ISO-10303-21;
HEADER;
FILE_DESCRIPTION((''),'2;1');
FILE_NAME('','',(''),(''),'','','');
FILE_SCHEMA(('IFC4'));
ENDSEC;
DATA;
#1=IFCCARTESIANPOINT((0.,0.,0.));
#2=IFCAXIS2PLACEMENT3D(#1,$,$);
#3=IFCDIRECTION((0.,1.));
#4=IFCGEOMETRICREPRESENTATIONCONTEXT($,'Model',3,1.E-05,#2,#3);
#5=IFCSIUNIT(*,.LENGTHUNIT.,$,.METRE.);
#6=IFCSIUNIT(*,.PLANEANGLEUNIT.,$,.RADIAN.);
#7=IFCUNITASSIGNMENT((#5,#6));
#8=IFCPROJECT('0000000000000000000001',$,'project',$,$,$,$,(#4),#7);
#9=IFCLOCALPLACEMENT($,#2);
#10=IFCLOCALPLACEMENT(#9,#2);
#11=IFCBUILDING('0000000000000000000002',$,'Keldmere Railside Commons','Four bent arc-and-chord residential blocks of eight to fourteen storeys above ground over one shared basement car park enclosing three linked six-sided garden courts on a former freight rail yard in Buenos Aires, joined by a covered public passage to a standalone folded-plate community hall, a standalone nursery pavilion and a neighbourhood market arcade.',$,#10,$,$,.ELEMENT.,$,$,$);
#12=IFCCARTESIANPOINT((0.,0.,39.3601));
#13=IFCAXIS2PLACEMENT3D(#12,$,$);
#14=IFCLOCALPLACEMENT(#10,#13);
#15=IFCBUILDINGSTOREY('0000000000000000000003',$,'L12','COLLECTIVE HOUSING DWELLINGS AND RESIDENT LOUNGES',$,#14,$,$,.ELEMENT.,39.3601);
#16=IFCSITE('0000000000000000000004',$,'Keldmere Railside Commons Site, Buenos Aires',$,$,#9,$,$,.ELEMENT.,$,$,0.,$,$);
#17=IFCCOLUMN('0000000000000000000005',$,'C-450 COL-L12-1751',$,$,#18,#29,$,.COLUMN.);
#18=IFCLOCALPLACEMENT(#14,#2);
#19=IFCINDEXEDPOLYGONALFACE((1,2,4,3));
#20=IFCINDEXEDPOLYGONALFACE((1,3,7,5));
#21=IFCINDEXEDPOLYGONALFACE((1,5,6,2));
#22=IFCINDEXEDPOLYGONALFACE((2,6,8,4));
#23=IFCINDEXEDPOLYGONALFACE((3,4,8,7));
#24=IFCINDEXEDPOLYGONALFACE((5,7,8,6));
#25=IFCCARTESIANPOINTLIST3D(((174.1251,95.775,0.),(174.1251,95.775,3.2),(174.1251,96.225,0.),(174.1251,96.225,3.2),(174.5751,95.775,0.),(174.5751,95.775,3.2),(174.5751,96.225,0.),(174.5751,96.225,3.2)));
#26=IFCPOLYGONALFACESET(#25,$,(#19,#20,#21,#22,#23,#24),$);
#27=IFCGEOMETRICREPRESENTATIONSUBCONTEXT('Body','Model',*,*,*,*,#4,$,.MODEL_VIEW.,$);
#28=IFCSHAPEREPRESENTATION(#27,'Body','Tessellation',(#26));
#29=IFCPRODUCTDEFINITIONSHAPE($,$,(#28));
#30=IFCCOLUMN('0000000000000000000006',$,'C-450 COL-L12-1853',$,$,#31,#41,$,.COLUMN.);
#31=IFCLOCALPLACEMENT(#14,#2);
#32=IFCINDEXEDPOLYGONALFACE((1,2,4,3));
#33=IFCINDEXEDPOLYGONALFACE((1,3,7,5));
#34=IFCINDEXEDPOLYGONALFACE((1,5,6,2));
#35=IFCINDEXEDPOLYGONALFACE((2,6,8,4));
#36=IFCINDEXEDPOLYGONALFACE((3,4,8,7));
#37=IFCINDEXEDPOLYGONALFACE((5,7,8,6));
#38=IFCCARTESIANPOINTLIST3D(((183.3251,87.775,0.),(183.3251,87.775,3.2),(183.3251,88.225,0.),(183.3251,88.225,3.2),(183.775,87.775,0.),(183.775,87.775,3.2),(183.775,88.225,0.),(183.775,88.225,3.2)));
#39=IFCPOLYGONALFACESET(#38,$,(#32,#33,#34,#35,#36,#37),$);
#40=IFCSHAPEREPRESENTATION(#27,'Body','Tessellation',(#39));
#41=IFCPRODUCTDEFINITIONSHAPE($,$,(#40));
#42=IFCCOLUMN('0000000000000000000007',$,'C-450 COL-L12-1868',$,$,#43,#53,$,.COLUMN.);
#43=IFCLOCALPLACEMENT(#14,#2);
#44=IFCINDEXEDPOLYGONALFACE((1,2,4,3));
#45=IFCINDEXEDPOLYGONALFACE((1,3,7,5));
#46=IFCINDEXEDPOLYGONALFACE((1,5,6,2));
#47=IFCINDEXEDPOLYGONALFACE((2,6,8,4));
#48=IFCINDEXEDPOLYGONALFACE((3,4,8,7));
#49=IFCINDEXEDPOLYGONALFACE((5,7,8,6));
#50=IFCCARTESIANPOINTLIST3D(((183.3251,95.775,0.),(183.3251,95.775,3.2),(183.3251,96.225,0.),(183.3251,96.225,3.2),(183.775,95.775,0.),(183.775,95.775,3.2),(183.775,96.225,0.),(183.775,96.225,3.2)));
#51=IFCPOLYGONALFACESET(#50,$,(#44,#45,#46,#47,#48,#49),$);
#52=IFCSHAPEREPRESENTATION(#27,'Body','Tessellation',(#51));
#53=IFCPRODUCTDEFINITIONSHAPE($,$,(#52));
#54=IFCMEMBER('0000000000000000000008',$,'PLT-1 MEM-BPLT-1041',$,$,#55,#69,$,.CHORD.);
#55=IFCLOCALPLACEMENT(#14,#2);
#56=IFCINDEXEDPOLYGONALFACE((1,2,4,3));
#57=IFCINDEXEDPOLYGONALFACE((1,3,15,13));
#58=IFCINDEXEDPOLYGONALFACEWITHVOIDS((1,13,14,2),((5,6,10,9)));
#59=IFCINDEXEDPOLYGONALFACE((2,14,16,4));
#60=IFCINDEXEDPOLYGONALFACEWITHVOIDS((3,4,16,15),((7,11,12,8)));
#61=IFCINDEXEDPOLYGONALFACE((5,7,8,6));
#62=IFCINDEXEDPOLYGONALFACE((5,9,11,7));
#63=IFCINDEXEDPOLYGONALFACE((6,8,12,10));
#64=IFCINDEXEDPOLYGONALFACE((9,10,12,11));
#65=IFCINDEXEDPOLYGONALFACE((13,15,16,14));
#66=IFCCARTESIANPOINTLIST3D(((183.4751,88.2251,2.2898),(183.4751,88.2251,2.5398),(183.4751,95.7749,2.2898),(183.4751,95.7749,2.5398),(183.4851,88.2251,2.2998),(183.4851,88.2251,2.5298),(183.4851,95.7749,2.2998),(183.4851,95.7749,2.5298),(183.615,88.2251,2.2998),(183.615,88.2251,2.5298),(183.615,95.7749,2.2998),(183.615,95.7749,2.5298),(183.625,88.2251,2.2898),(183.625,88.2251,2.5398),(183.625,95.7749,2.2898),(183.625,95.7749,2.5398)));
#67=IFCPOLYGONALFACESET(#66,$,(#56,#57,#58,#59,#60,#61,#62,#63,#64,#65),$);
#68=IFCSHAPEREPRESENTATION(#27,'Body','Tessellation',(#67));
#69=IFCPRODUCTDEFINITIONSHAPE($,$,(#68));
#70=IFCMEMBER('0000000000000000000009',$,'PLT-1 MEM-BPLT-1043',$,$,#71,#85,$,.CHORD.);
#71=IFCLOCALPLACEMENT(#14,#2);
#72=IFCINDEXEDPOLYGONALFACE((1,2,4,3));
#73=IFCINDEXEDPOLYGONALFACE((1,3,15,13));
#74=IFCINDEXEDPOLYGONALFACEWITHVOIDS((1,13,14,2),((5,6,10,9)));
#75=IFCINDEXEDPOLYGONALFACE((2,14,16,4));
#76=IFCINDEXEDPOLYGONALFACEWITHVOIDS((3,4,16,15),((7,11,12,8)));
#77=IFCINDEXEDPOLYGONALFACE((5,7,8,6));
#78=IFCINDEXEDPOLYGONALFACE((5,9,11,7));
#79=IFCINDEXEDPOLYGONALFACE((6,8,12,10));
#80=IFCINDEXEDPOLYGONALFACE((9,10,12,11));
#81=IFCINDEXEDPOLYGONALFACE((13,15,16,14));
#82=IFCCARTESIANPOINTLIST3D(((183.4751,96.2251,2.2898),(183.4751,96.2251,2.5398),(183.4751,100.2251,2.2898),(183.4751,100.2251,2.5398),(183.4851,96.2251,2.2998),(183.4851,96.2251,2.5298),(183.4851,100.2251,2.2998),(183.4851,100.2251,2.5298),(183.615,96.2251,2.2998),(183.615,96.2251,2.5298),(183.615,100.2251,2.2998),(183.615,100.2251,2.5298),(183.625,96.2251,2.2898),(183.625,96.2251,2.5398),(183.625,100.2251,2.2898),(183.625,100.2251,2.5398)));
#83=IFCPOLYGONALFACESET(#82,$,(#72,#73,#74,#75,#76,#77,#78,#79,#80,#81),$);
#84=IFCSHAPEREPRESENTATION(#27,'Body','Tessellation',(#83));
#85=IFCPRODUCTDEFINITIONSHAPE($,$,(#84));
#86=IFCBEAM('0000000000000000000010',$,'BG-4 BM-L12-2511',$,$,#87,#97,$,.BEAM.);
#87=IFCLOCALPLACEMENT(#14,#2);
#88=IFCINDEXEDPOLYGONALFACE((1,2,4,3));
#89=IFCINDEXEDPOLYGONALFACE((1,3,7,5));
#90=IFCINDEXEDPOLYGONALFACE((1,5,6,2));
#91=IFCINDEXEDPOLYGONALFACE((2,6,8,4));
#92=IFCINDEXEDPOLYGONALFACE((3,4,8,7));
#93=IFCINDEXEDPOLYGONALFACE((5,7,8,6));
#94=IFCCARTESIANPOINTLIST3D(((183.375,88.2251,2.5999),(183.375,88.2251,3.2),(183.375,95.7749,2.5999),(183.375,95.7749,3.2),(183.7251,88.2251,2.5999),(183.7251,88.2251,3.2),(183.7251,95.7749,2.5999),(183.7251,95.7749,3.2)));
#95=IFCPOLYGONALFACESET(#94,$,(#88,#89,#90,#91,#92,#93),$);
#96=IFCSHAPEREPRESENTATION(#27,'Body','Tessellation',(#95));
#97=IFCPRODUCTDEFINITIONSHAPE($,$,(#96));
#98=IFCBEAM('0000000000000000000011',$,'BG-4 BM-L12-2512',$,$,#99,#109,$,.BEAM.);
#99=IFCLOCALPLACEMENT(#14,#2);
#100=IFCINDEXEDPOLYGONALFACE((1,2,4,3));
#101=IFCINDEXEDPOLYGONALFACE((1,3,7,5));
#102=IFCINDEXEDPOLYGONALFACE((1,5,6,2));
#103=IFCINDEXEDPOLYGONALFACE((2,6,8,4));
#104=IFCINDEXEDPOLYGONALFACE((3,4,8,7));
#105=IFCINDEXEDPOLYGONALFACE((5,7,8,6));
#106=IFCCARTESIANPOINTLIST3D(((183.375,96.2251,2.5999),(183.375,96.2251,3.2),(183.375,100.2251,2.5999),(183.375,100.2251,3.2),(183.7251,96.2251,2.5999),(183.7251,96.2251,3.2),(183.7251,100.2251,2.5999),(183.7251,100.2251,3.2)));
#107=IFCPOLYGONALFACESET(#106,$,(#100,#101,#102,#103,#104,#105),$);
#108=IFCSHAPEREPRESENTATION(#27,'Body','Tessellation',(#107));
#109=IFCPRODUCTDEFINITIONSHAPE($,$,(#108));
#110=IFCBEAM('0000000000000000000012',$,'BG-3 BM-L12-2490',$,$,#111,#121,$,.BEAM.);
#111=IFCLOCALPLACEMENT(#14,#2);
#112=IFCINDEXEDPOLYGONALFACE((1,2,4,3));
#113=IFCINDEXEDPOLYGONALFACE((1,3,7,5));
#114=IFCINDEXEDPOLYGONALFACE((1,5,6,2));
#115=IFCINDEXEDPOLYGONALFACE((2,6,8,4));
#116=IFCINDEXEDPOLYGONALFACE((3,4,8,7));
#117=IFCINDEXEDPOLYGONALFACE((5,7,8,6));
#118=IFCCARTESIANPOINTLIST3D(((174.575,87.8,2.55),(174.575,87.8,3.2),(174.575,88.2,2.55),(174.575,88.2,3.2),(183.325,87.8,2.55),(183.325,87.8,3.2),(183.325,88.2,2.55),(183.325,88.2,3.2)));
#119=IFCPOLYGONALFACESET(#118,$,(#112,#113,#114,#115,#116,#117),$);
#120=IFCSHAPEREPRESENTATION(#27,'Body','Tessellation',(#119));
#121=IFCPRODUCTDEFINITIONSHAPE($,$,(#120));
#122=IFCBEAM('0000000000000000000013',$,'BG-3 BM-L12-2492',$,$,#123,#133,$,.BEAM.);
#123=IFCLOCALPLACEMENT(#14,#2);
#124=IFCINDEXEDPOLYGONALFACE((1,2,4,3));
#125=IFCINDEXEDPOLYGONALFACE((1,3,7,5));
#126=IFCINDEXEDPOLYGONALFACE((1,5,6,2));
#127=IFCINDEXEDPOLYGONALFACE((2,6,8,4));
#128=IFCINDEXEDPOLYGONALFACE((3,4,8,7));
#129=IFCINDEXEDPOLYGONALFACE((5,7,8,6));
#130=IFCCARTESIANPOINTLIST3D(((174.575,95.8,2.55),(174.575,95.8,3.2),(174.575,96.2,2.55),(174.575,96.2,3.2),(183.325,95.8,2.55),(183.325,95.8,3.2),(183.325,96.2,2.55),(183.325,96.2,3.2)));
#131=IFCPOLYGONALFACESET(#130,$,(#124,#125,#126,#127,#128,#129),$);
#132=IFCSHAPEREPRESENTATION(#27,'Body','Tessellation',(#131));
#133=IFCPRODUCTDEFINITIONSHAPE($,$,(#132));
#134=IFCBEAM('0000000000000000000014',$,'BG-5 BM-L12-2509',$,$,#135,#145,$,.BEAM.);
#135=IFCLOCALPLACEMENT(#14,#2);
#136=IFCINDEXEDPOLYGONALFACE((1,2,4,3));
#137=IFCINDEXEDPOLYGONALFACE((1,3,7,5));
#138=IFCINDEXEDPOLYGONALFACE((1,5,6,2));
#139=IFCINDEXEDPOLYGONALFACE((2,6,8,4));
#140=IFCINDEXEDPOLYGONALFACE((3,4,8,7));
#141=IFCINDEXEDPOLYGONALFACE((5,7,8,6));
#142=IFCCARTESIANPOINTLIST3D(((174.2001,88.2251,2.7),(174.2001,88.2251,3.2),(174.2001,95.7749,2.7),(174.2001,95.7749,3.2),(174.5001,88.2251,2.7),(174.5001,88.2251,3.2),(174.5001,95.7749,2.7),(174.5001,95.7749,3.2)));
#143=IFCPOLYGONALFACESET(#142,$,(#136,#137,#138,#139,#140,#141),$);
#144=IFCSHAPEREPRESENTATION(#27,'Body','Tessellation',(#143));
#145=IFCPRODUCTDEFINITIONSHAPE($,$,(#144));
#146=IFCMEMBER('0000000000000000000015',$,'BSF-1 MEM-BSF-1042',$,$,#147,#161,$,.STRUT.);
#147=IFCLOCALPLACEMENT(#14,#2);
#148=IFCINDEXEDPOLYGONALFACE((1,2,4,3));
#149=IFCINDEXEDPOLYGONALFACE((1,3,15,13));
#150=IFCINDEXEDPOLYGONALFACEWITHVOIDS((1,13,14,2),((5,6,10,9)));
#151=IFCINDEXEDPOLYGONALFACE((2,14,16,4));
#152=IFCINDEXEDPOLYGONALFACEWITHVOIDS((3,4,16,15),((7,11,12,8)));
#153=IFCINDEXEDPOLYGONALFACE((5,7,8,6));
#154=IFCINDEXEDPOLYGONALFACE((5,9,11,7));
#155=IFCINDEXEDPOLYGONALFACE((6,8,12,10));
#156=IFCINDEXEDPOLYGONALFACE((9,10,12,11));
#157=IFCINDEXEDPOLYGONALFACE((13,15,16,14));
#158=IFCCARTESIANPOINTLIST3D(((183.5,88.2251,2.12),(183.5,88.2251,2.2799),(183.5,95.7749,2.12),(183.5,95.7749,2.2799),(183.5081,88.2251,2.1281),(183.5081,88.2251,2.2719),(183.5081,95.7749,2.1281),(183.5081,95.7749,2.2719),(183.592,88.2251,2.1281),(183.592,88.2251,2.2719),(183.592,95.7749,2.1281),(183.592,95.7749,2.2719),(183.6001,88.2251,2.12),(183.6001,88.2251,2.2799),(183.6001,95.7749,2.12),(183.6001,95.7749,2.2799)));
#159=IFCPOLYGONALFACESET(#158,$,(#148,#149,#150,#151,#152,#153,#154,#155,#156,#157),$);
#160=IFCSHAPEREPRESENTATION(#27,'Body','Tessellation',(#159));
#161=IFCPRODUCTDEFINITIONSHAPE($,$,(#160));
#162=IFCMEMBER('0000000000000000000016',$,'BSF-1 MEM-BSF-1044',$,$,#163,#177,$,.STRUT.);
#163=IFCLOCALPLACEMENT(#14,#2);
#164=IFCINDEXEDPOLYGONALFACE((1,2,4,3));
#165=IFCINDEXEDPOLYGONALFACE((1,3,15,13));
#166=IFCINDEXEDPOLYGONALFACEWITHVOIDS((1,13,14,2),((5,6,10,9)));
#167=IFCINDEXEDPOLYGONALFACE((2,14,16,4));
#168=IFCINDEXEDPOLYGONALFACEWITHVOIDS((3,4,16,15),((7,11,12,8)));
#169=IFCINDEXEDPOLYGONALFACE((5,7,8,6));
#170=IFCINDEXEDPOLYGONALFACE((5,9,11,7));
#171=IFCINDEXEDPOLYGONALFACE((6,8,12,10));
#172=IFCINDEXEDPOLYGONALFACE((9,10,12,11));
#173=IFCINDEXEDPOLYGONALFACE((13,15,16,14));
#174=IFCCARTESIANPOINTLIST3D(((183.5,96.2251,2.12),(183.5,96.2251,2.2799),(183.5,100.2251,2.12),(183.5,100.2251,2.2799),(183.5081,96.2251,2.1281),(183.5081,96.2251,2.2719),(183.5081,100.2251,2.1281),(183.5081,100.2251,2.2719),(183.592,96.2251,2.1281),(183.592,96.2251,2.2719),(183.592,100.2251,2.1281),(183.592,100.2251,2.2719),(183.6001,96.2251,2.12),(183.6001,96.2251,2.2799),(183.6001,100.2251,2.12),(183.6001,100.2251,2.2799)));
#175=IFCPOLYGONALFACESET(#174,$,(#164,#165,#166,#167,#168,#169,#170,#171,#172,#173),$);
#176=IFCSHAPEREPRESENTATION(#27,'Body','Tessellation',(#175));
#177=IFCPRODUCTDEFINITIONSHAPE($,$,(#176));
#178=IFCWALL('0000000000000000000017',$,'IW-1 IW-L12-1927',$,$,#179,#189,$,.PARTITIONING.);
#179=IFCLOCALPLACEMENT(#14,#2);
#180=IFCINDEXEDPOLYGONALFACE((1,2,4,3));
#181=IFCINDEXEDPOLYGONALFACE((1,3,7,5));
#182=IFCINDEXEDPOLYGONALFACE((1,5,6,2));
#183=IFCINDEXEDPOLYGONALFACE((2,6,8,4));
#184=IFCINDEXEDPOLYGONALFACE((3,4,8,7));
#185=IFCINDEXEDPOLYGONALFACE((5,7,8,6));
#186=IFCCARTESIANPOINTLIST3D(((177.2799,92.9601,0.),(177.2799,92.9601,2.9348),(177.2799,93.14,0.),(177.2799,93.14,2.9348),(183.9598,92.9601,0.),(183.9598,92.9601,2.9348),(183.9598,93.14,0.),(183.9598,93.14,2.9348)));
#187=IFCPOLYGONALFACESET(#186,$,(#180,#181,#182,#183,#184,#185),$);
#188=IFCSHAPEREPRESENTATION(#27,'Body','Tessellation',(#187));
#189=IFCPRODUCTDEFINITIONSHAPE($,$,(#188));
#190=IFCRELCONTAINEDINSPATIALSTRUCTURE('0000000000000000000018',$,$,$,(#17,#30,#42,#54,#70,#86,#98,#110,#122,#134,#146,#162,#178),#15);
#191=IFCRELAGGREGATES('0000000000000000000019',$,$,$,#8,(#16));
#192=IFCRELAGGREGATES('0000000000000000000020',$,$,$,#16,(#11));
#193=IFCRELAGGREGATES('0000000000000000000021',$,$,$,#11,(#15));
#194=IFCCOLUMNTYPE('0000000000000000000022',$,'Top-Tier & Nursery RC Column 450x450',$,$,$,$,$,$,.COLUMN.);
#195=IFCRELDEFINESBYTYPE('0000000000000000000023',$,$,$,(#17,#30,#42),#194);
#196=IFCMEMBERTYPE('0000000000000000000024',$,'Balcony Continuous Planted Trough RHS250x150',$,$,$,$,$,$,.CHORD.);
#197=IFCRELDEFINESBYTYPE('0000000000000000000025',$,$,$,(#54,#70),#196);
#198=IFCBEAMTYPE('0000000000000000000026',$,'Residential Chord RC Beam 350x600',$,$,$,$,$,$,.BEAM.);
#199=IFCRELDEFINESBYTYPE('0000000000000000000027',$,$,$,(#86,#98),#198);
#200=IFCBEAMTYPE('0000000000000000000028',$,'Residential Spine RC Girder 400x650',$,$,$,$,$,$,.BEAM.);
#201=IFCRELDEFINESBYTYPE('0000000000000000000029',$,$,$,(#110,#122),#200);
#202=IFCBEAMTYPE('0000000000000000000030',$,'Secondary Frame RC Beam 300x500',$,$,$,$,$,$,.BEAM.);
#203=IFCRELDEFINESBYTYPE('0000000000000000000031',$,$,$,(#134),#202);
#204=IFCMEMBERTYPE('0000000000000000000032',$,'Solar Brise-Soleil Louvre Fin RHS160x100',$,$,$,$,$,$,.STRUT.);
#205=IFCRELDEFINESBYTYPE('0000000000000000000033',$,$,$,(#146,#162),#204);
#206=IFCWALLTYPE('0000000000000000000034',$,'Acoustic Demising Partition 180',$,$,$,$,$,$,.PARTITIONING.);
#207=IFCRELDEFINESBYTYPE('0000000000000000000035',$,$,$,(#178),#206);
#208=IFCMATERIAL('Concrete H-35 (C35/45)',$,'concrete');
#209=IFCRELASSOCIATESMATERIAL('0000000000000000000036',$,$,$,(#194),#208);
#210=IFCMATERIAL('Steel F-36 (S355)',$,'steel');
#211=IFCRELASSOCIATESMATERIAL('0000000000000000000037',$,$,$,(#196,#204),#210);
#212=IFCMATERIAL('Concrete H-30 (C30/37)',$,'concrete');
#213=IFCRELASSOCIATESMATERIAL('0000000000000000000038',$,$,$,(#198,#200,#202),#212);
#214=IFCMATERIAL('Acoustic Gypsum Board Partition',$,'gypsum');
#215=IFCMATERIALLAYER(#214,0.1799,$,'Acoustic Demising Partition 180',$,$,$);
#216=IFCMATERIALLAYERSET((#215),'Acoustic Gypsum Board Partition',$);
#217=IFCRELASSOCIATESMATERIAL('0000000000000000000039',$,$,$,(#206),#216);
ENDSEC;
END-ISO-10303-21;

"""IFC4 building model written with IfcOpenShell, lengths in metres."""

from ifc_helpers import new_model, si_unit, direction, frame, frame_2d, origin, origin_2d, place, context, subcontext, project, spatial, rectangle, hollow_rectangle, extrude, material, layer, layer_set, material_profile, profile_set, type_object, element, save


model = new_model("IFC4")

# Units and contexts
model_context = context("Model", 3, precision=1e-05, world=origin(), true_north=direction((0.0, 1.0)))
body_context = subcontext(model_context, "Body", "Model", "MODEL_VIEW")
ifc_project = project(units=[si_unit("LENGTHUNIT", "METRE"), si_unit("PLANEANGLEUNIT", "RADIAN")], contexts=[model_context])

# Site, building, storey
site_placement = place(None, origin())
site = spatial("IfcSite", under=ifc_project, at=site_placement, Name="Keldmere Railside Commons Site, Buenos Aires", CompositionType="ELEMENT", RefElevation=0.0)
building_placement = place(site_placement, origin())
building = spatial("IfcBuilding", under=site, at=building_placement, Name="Keldmere Railside Commons", Description="Four bent arc-and-chord residential blocks of eight to fourteen storeys above ground over one shared basement car park enclosing three linked six-sided garden courts on a former freight rail yard in Buenos Aires, joined by a covered public passage to a standalone folded-plate community hall, a standalone nursery pavilion and a neighbourhood market arcade.", CompositionType="ELEMENT")
storey_placement = place(building_placement, frame((0.0, 0.0, 39.3601)))
storey = spatial("IfcBuildingStorey", under=building, at=storey_placement, Name="L12", Description="COLLECTIVE HOUSING DWELLINGS AND RESIDENT LOUNGES", CompositionType="ELEMENT", Elevation=39.3601)

# Columns
ifc_material_1 = material(Name="Concrete H-35 (C35/45)", Category="concrete")
ifc_material_profile_1 = material_profile(ifc_material_1, rectangle(XDim=0.45, YDim=0.45, at=origin_2d()), Name="RC-450x450")
ifc_profile_set_1 = profile_set([ifc_material_profile_1], Name="Concrete H-35 (C35/45)")
column_type = type_object("IfcColumnType", Name="Top-Tier & Nursery RC Column 450x450", PredefinedType="COLUMN", material=ifc_profile_set_1)
for number, where, z_axis, x_axis, name in (
    (1, (174.3501, 96.0, 0.0), (0.0, 0.0, 1.0), (1.0, 0.0, 0.0), "C-450 COL-L12-1751"),
    (2, (183.55, 88.0, 0.0), (0.0, 0.0, 1.0), (1.0, 0.0, 0.0), "C-450 COL-L12-1853"),
    (3, (183.55, 96.0, 0.0), (0.0, 0.0, 1.0), (1.0, 0.0, 0.0), "C-450 COL-L12-1868"),
):
    element("IfcColumn", number, at=place(storey_placement, frame(where, z_axis=z_axis, x_axis=x_axis)), inside=storey, type_object=column_type, Name=name, PredefinedType="COLUMN", context=body_context, shape_type="SweptSolid", body=[
        extrude(rectangle(XDim=0.45, YDim=0.45, at=origin_2d()), origin(), (0.0, 0.0, 1.0), 3.2),
    ])

# Members
ifc_material_2 = material(Name="Steel F-36 (S355)", Category="steel")
ifc_material_profile_2 = material_profile(ifc_material_2, hollow_rectangle(XDim=0.1499, YDim=0.25, WallThickness=0.01, at=origin_2d()), Name="RHS-250x150x10")
ifc_profile_set_2 = profile_set([ifc_material_profile_2], Name="Steel F-36 (S355)")
member_type_1 = type_object("IfcMemberType", Name="Balcony Continuous Planted Trough RHS250x150", PredefinedType="CHORD", material=ifc_profile_set_2)
member_1_placement = place(storey_placement, frame((183.55, 88.2251, 2.4148), z_axis=(0.0, 1.0, 0.0), x_axis=(-1.0, 0.0, 0.0)))
element("IfcMember", 4, at=member_1_placement, inside=storey, type_object=member_type_1, Name="PLT-1 MEM-BPLT-1041", PredefinedType="CHORD", context=body_context, shape_type="SweptSolid", body=[
    extrude(hollow_rectangle(XDim=0.1499, YDim=0.25, WallThickness=0.01, at=origin_2d()), origin(), (0.0, 0.0, 1.0), 7.5498),
])
member_2_placement = place(storey_placement, frame((183.55, 96.2251, 2.4148), z_axis=(0.0, 1.0, 0.0), x_axis=(-1.0, 0.0, 0.0)))
element("IfcMember", 5, at=member_2_placement, inside=storey, type_object=member_type_1, Name="PLT-1 MEM-BPLT-1043", PredefinedType="CHORD", context=body_context, shape_type="SweptSolid", body=[
    extrude(hollow_rectangle(XDim=0.1499, YDim=0.25, WallThickness=0.01, at=origin_2d()), origin(), (0.0, 0.0, 1.0), 4.0),
])

# Beams
ifc_material_3 = material(Name="Concrete H-30 (C30/37)", Category="concrete")
ifc_material_profile_3 = material_profile(ifc_material_3, rectangle(XDim=0.3501, YDim=0.6001, at=origin_2d()), Name="RC-350x600")
ifc_profile_set_3 = profile_set([ifc_material_profile_3], Name="Concrete H-30 (C30/37)")
beam_type_1 = type_object("IfcBeamType", Name="Residential Chord RC Beam 350x600", PredefinedType="BEAM", material=ifc_profile_set_3)
beam_1_placement = place(storey_placement, frame((183.55, 88.2251, 2.8999), z_axis=(0.0, 1.0, 0.0), x_axis=(-1.0, 0.0, 0.0)))
element("IfcBeam", 6, at=beam_1_placement, inside=storey, type_object=beam_type_1, Name="BG-4 BM-L12-2511", PredefinedType="BEAM", context=body_context, shape_type="SweptSolid", body=[
    extrude(rectangle(XDim=0.3501, YDim=0.6001, at=origin_2d()), origin(), (0.0, 0.0, 1.0), 7.5498),
])
beam_2_placement = place(storey_placement, frame((183.55, 96.2251, 2.8999), z_axis=(0.0, 1.0, 0.0), x_axis=(-1.0, 0.0, 0.0)))
element("IfcBeam", 7, at=beam_2_placement, inside=storey, type_object=beam_type_1, Name="BG-4 BM-L12-2512", PredefinedType="BEAM", context=body_context, shape_type="SweptSolid", body=[
    extrude(rectangle(XDim=0.3501, YDim=0.6001, at=origin_2d()), origin(), (0.0, 0.0, 1.0), 4.0),
])
ifc_material_profile_4 = material_profile(ifc_material_3, rectangle(XDim=0.3999, YDim=0.6499, at=origin_2d()), Name="RC-400x650")
ifc_profile_set_4 = profile_set([ifc_material_profile_4], Name="Concrete H-30 (C30/37)")
beam_type_2 = type_object("IfcBeamType", Name="Residential Spine RC Girder 400x650", PredefinedType="BEAM", material=ifc_profile_set_4)
for number, where, z_axis, x_axis, name in (
    (8, (174.575, 88.0, 2.875), (1.0, 0.0, 0.0), (0.0, 1.0, 0.0), "BG-3 BM-L12-2490"),
    (9, (174.575, 96.0, 2.875), (1.0, 0.0, 0.0), (0.0, 1.0, 0.0), "BG-3 BM-L12-2492"),
):
    element("IfcBeam", number, at=place(storey_placement, frame(where, z_axis=z_axis, x_axis=x_axis)), inside=storey, type_object=beam_type_2, Name=name, PredefinedType="BEAM", context=body_context, shape_type="SweptSolid", body=[
        extrude(rectangle(XDim=0.3999, YDim=0.6499, at=origin_2d()), origin(), (0.0, 0.0, 1.0), 8.75),
    ])
ifc_material_profile_5 = material_profile(ifc_material_3, rectangle(XDim=0.3, YDim=0.5, at=origin_2d()), Name="RC-300x500")
ifc_profile_set_5 = profile_set([ifc_material_profile_5], Name="Concrete H-30 (C30/37)")
beam_type_3 = type_object("IfcBeamType", Name="Secondary Frame RC Beam 300x500", PredefinedType="BEAM", material=ifc_profile_set_5)
beam_3_placement = place(storey_placement, frame((174.3501, 88.2251, 2.95), z_axis=(0.0, 1.0, 0.0), x_axis=(-1.0, 0.0, 0.0)))
element("IfcBeam", 10, at=beam_3_placement, inside=storey, type_object=beam_type_3, Name="BG-5 BM-L12-2509", PredefinedType="BEAM", context=body_context, shape_type="SweptSolid", body=[
    extrude(rectangle(XDim=0.3, YDim=0.5, at=origin_2d()), origin(), (0.0, 0.0, 1.0), 7.5498),
])

# Members
ifc_material_profile_6 = material_profile(ifc_material_2, hollow_rectangle(XDim=0.1001, YDim=0.1599, WallThickness=0.0081, at=origin_2d()), Name="RHS-160x100x8")
ifc_profile_set_6 = profile_set([ifc_material_profile_6], Name="Steel F-36 (S355)")
member_type_2 = type_object("IfcMemberType", Name="Solar Brise-Soleil Louvre Fin RHS160x100", PredefinedType="STRUT", material=ifc_profile_set_6)
member_3_placement = place(storey_placement, frame((183.55, 88.2251, 2.2), z_axis=(0.0, 1.0, 0.0), x_axis=(-1.0, 0.0, 0.0)))
element("IfcMember", 11, at=member_3_placement, inside=storey, type_object=member_type_2, Name="BSF-1 MEM-BSF-1042", PredefinedType="STRUT", context=body_context, shape_type="SweptSolid", body=[
    extrude(hollow_rectangle(XDim=0.1001, YDim=0.1599, WallThickness=0.0081, at=origin_2d()), origin(), (0.0, 0.0, 1.0), 7.5498),
])
member_4_placement = place(storey_placement, frame((183.55, 96.2251, 2.2), z_axis=(0.0, 1.0, 0.0), x_axis=(-1.0, 0.0, 0.0)))
element("IfcMember", 12, at=member_4_placement, inside=storey, type_object=member_type_2, Name="BSF-1 MEM-BSF-1044", PredefinedType="STRUT", context=body_context, shape_type="SweptSolid", body=[
    extrude(hollow_rectangle(XDim=0.1001, YDim=0.1599, WallThickness=0.0081, at=origin_2d()), origin(), (0.0, 0.0, 1.0), 4.0),
])

# Wall
ifc_material_4 = material(Name="Acoustic Gypsum Board Partition", Category="gypsum")
ifc_layer = layer(ifc_material_4, 0.1799, Name="Acoustic Demising Partition 180")
ifc_layer_set = layer_set([ifc_layer], Name="Acoustic Gypsum Board Partition")
wall_type = type_object("IfcWallType", Name="Acoustic Demising Partition 180", PredefinedType="PARTITIONING", material=ifc_layer_set)
wall_placement = place(storey_placement, frame((177.28, 93.05, 0.0), z_axis=(0.0, 0.0, 1.0), x_axis=(1.0, 0.0, 0.0)))
element("IfcWall", 13, at=wall_placement, inside=storey, type_object=wall_type, Name="IW-1 IW-L12-1927", PredefinedType="PARTITIONING", context=body_context, shape_type="SweptSolid", body=[
    extrude(rectangle(XDim=6.6799, YDim=0.1799, at=frame_2d((3.3398, 0.0))), origin(), (0.0, 0.0, 1.0), 2.9348),
])

save(model, "model.ifc")
